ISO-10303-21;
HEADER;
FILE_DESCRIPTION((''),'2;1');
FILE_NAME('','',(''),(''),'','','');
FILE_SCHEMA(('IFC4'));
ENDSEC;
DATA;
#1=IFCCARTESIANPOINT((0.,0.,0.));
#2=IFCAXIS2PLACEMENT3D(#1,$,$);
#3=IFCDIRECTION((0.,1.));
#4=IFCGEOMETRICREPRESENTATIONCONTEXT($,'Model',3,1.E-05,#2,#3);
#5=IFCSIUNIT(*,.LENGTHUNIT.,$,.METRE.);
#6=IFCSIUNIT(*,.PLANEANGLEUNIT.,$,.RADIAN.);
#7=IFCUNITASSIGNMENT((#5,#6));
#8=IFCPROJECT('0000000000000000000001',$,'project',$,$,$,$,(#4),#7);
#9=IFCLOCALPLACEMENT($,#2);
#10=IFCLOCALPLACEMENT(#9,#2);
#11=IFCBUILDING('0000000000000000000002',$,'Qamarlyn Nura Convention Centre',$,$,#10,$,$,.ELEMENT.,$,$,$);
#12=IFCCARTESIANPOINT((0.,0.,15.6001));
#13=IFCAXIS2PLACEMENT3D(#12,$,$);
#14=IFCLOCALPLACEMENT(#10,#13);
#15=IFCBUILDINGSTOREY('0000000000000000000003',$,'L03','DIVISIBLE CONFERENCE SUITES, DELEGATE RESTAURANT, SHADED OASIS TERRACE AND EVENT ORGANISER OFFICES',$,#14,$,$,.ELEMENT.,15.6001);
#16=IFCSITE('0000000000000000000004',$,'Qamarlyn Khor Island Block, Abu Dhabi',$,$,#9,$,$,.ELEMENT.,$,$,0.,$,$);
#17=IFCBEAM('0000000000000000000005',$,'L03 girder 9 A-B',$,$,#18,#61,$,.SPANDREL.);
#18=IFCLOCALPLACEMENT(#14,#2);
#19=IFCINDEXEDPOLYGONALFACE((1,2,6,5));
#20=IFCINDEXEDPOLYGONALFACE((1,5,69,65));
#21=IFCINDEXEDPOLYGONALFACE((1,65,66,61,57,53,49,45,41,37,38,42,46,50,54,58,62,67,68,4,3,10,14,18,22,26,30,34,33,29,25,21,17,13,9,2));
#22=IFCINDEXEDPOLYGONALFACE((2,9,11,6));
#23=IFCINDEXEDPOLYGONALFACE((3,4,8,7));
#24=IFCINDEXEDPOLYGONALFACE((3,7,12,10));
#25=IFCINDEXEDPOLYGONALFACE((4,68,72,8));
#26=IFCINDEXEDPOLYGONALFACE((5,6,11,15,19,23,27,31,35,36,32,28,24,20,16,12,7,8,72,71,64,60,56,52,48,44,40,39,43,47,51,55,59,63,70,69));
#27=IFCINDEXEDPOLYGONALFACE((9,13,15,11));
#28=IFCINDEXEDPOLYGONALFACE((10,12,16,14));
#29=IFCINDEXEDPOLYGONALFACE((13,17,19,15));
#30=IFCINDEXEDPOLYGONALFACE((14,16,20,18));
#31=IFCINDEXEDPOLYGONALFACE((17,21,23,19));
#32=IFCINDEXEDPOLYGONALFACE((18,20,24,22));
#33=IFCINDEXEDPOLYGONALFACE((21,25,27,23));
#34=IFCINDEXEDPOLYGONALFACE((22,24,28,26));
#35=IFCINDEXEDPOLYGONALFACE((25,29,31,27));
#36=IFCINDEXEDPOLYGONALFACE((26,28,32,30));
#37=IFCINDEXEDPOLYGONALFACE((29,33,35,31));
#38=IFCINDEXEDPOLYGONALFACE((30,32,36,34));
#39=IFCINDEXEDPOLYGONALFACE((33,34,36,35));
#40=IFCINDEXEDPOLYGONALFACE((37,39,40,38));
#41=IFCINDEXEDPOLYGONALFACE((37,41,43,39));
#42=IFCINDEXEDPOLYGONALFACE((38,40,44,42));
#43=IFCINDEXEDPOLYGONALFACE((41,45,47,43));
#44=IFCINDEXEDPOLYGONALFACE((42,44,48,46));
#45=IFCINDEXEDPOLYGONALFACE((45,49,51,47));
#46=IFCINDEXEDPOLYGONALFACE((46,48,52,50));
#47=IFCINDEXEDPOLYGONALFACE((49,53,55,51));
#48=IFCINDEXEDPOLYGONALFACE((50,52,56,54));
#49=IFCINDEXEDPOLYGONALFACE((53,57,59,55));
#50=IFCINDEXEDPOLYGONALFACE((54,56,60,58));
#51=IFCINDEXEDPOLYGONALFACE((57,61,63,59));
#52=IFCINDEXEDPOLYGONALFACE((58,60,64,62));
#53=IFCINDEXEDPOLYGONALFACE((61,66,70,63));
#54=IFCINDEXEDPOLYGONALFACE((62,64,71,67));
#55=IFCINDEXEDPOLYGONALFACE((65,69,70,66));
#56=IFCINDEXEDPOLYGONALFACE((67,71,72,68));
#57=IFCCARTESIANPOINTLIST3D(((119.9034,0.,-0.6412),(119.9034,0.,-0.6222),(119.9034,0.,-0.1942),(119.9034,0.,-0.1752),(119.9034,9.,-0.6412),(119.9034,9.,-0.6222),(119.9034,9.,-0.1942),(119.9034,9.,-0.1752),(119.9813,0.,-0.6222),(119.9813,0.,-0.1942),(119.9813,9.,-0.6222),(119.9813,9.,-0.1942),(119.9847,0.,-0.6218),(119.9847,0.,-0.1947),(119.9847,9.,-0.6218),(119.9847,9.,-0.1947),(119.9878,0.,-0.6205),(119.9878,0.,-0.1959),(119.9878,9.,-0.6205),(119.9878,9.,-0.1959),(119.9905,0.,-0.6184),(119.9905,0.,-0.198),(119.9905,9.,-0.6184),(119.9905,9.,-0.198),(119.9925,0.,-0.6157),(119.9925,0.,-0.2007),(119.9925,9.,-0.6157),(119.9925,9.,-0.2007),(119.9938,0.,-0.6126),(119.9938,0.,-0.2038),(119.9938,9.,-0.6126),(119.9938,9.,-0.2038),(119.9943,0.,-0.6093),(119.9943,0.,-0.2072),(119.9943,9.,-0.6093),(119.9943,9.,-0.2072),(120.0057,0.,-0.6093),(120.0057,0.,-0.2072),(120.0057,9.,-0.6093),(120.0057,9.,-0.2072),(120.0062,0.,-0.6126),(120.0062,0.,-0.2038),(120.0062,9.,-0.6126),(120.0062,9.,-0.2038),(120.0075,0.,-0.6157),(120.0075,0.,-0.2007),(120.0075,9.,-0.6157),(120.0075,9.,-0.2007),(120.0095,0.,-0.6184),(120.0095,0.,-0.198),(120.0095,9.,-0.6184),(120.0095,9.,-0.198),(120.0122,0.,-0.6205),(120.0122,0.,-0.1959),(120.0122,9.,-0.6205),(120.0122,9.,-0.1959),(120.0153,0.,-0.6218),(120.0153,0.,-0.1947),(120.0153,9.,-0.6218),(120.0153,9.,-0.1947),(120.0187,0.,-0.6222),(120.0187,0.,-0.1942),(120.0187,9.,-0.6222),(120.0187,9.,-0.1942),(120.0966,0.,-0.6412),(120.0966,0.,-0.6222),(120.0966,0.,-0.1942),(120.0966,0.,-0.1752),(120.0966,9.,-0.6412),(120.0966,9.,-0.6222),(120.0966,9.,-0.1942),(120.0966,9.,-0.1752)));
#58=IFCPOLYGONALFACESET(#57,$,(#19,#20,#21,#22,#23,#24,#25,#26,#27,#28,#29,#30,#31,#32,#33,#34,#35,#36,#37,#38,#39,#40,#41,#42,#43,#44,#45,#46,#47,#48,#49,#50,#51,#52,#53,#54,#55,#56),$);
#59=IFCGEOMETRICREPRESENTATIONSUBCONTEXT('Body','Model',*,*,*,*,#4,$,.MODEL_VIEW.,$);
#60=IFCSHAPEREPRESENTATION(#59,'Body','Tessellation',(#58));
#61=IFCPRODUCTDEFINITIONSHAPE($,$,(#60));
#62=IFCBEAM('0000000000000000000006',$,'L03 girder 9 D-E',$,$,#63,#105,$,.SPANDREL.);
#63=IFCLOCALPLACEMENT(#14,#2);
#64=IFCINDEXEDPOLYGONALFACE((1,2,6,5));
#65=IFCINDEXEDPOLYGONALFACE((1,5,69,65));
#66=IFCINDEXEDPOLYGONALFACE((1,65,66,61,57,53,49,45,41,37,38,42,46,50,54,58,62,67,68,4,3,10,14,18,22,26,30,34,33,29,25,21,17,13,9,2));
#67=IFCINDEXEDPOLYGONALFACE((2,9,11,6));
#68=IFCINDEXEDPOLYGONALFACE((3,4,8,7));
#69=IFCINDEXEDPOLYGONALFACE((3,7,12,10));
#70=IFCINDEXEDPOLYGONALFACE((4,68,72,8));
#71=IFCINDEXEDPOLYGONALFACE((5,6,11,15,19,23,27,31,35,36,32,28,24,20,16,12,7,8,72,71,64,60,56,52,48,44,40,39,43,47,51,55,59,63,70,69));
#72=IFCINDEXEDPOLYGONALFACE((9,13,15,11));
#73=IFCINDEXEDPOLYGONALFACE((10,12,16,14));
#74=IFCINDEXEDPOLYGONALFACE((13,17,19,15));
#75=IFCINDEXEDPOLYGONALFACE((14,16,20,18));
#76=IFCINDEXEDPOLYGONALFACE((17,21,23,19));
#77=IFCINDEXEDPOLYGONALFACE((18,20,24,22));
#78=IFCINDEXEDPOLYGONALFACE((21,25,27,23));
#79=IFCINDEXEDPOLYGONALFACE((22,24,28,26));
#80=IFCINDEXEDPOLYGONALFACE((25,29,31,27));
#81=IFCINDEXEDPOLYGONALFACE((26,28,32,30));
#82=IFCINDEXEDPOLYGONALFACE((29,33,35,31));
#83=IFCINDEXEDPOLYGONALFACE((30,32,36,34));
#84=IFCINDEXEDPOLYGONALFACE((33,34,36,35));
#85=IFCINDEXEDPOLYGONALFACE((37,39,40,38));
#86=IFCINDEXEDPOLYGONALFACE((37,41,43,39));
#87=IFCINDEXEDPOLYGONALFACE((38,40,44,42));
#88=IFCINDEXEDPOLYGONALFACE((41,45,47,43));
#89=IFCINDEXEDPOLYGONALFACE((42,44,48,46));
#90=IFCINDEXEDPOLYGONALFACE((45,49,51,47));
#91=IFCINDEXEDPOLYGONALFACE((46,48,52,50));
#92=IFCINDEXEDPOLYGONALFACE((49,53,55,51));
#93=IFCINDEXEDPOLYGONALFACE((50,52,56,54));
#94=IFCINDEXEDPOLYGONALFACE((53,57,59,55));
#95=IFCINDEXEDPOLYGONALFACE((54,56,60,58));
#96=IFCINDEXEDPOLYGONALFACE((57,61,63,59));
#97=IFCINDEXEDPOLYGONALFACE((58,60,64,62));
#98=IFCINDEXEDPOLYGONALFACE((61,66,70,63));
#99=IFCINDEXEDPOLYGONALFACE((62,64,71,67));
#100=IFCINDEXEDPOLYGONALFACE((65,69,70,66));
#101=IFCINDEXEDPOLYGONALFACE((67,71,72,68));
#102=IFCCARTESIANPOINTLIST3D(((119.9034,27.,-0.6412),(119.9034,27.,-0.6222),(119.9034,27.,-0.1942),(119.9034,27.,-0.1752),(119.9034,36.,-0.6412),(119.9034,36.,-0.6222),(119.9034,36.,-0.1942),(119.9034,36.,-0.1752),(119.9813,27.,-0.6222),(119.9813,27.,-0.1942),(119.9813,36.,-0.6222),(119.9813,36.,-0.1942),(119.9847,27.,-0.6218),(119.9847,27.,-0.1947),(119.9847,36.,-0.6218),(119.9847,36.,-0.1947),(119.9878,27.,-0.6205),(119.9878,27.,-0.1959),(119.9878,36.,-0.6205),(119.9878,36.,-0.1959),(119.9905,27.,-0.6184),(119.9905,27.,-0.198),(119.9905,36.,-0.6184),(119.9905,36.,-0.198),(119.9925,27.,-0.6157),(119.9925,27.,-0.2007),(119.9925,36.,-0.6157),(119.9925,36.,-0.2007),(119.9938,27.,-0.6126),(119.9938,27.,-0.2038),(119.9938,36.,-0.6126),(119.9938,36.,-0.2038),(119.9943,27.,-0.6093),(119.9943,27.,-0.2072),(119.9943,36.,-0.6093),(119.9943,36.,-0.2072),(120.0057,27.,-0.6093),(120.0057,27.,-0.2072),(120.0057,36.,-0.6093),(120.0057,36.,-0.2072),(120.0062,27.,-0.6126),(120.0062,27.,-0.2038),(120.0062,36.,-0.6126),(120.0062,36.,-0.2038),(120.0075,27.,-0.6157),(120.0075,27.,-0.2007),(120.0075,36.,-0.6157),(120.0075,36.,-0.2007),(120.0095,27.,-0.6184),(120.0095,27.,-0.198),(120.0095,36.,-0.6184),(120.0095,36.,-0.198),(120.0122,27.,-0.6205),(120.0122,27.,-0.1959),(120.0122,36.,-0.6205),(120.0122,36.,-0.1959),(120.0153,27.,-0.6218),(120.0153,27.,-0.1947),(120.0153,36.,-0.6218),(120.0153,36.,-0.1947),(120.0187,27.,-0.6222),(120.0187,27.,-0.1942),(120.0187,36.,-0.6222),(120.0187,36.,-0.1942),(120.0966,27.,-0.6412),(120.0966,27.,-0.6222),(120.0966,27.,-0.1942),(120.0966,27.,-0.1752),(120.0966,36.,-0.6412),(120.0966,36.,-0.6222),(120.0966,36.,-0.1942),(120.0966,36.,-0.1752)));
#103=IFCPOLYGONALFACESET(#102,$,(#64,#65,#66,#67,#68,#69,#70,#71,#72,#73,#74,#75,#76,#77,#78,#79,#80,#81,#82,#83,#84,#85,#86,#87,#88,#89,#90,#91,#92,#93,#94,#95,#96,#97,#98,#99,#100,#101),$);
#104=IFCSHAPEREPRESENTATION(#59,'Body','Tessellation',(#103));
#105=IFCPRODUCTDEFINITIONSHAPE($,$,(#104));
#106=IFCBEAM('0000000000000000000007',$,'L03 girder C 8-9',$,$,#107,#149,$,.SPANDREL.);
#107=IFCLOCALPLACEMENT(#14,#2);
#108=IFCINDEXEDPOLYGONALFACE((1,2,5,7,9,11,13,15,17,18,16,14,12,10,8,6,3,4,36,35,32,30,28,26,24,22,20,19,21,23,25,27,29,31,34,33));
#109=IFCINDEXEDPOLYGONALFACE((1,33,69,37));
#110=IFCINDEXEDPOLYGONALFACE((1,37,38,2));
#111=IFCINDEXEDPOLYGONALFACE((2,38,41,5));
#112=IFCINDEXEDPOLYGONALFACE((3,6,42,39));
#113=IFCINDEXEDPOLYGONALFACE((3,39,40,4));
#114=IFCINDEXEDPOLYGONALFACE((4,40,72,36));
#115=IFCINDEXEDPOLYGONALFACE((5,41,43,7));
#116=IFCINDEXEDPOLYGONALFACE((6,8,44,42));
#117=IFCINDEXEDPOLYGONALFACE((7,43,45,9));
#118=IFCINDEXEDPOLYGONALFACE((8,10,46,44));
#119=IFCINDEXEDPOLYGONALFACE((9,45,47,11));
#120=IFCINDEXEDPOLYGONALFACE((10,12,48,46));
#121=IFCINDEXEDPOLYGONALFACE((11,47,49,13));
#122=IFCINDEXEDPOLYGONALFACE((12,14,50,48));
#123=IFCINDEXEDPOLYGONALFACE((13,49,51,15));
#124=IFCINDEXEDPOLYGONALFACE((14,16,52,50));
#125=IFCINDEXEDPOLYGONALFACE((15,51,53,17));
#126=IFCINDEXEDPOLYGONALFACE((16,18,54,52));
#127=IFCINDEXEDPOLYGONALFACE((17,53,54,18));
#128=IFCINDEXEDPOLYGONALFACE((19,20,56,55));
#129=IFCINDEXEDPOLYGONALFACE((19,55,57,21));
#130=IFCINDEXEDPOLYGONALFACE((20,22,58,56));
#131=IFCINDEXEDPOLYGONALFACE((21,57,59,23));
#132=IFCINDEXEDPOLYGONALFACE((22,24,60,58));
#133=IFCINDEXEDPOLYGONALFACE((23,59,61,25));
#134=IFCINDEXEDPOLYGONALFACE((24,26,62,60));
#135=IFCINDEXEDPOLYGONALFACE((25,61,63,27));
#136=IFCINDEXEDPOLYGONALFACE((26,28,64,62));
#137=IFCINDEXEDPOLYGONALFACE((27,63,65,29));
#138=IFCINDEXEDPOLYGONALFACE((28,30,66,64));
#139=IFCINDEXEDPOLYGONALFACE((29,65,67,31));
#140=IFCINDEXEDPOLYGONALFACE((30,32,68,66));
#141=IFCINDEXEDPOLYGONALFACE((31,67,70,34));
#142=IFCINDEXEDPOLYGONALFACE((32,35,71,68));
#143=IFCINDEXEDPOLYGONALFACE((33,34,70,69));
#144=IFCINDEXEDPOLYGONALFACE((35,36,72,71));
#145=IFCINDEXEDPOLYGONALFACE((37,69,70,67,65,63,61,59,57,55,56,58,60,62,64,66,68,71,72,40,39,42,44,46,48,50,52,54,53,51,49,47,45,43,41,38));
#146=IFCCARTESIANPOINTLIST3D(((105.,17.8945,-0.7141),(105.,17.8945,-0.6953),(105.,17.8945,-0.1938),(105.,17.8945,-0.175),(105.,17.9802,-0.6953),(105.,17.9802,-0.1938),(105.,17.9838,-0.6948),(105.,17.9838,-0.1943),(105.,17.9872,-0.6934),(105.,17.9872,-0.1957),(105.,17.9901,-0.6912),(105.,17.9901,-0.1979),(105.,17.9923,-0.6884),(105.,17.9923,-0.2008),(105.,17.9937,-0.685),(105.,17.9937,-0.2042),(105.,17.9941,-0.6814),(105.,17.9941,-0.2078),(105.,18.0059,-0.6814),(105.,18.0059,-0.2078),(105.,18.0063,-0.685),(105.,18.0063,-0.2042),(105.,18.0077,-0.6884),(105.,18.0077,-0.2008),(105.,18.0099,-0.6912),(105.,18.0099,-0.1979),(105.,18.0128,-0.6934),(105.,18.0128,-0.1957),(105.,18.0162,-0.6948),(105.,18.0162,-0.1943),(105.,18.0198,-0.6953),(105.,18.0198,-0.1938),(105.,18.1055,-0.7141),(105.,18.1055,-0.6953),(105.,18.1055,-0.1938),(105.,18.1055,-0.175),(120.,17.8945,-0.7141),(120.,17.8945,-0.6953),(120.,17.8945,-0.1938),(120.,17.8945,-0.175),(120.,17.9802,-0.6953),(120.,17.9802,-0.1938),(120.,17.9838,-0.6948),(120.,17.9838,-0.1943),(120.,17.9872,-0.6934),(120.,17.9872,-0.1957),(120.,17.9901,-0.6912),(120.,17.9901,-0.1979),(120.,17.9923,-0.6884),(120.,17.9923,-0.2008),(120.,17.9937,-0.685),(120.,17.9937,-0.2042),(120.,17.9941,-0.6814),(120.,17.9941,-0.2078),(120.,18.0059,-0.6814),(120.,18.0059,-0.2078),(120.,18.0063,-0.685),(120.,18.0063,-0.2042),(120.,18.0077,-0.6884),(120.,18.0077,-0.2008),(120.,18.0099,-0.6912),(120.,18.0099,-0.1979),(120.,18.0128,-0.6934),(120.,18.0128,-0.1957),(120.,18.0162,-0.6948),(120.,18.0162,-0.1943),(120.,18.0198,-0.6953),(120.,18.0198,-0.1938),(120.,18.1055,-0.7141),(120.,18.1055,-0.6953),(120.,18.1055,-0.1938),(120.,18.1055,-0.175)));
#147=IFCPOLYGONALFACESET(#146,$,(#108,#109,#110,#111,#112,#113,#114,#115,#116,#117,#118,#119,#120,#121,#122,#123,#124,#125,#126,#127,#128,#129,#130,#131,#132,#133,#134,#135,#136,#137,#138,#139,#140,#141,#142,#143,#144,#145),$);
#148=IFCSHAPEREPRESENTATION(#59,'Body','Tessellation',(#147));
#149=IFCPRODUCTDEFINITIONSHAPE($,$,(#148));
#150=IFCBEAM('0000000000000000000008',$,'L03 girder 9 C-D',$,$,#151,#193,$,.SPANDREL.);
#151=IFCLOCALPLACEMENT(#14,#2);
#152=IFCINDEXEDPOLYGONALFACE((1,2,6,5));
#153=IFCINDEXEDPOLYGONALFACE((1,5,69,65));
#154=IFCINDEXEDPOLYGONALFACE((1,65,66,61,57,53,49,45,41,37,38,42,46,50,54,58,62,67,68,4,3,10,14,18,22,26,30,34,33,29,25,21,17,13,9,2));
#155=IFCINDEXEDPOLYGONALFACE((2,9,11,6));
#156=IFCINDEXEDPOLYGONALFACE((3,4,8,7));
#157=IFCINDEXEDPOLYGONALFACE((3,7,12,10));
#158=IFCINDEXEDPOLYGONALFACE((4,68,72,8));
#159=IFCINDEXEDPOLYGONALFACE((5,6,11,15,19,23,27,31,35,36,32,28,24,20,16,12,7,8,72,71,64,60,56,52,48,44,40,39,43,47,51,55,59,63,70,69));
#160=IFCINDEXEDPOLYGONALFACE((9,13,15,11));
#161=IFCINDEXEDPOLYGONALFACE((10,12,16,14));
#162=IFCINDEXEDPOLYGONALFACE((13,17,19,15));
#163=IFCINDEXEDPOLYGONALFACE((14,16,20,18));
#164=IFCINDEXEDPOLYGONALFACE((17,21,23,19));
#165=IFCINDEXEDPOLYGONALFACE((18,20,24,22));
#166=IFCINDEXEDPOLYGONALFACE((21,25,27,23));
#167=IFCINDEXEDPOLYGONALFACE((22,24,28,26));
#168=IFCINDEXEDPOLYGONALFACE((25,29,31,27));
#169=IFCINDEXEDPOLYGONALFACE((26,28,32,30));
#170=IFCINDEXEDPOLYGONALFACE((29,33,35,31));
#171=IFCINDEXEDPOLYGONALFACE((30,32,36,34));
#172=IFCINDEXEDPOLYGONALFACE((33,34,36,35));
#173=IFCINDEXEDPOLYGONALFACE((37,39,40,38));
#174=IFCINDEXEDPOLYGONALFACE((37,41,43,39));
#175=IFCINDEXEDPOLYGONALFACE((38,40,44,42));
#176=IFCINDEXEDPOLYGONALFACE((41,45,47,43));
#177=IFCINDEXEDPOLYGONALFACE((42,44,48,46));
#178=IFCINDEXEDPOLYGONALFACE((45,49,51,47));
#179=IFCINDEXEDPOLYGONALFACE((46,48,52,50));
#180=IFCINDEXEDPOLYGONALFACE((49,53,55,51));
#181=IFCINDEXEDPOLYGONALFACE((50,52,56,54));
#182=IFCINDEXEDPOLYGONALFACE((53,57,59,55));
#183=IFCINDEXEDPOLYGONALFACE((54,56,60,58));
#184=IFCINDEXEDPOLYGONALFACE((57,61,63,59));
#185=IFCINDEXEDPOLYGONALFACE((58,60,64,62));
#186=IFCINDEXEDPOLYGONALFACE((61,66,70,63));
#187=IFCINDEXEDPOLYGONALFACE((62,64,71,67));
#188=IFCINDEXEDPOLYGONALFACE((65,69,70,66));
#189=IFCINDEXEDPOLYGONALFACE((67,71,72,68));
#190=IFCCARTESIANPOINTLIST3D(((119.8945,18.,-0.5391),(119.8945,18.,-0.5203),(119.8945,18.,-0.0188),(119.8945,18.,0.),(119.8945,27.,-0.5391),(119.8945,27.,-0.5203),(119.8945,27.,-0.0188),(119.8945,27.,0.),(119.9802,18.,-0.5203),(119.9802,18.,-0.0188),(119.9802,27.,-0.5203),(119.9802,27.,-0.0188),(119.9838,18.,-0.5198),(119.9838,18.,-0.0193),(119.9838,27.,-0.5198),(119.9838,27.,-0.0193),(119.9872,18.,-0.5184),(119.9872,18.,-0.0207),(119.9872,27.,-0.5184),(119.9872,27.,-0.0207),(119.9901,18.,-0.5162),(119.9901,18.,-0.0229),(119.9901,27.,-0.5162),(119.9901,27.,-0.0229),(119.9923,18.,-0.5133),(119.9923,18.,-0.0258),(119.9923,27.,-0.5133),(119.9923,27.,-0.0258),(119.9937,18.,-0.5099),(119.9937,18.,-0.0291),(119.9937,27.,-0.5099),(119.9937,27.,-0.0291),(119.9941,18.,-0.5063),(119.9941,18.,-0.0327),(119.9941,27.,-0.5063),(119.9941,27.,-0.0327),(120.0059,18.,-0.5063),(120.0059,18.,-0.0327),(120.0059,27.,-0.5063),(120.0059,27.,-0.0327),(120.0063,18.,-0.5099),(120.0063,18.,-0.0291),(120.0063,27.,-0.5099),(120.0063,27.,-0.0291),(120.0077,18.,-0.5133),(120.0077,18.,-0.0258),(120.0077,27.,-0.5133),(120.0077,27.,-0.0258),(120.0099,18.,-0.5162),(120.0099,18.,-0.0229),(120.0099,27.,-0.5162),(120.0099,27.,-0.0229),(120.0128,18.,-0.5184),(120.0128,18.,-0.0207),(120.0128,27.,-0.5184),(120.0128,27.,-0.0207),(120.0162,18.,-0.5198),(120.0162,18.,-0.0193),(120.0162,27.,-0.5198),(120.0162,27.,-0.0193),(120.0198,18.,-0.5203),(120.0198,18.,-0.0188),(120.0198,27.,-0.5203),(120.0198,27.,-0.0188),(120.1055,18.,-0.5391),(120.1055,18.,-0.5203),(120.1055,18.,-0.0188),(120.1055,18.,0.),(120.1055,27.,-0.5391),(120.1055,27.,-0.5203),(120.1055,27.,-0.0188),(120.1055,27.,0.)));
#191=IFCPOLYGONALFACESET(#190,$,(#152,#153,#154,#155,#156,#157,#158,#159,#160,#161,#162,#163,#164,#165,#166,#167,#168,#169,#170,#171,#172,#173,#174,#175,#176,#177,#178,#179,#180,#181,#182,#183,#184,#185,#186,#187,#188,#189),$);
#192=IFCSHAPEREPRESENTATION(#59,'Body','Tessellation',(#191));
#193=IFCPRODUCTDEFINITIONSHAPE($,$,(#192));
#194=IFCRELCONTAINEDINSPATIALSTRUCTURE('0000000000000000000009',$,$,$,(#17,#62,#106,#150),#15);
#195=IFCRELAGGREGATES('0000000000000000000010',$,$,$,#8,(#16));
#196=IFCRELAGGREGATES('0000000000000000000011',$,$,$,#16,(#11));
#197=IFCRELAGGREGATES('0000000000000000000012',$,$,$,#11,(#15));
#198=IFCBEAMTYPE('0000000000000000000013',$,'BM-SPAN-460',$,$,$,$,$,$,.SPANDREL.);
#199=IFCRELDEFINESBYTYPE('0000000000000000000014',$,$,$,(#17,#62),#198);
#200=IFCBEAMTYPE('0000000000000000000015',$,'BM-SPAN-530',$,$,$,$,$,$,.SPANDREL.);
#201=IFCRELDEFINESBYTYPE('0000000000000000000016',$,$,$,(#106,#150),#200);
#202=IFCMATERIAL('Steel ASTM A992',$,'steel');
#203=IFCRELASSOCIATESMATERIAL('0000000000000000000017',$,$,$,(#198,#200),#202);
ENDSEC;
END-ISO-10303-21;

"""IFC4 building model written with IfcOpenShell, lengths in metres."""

from ifc_helpers import new_model, si_unit, direction, frame, origin, origin_2d, place, context, subcontext, project, spatial, i_section, extrude, material, material_profile, profile_set, type_object, element, save


model = new_model("IFC4")

# Units and contexts
model_context = context("Model", 3, precision=1e-05, world=origin(), true_north=direction((0.0, 1.0)))
body_context = subcontext(model_context, "Body", "Model", "MODEL_VIEW")
ifc_project = project(units=[si_unit("LENGTHUNIT", "METRE"), si_unit("PLANEANGLEUNIT", "RADIAN")], contexts=[model_context])

# Site, building, storey
site_placement = place(None, origin())
site = spatial("IfcSite", under=ifc_project, at=site_placement, Name="Qamarlyn Khor Island Block, Abu Dhabi", CompositionType="ELEMENT", RefElevation=0.0)
building_placement = place(site_placement, origin())
building = spatial("IfcBuilding", under=site, at=building_placement, Name="Qamarlyn Nura Convention Centre", CompositionType="ELEMENT")
storey_placement = place(building_placement, frame((0.0, 0.0, 15.6001)))
storey = spatial("IfcBuildingStorey", under=building, at=storey_placement, Name="L03", Description="DIVISIBLE CONFERENCE SUITES, DELEGATE RESTAURANT, SHADED OASIS TERRACE AND EVENT ORGANISER OFFICES", CompositionType="ELEMENT", Elevation=15.6001)

# Beams
ifc_material_1 = material(Name="Steel ASTM A992", Category="steel")
ifc_material_profile_1 = material_profile(ifc_material_1, i_section(OverallWidth=0.1931, OverallDepth=0.4661, WebThickness=0.0115, FlangeThickness=0.019, FilletRadius=0.0129, at=origin_2d()), Name="W460X97")
ifc_profile_set_1 = profile_set([ifc_material_profile_1], Name="Steel ASTM A992")
beam_type_1 = type_object("IfcBeamType", Name="BM-SPAN-460", PredefinedType="SPANDREL", material=ifc_profile_set_1)
for number, where, z_axis, x_axis, name in (
    (1, (120.0, 0.0, -0.4082), (0.0, 1.0, 0.0), (-1.0, 0.0, 0.0), "L03 girder 9 A-B"),
    (2, (120.0, 27.0, -0.4082), (0.0, 1.0, 0.0), (-1.0, 0.0, 0.0), "L03 girder 9 D-E"),
):
    element("IfcBeam", number, at=place(storey_placement, frame(where, z_axis=z_axis, x_axis=x_axis)), inside=storey, type_object=beam_type_1, Name=name, PredefinedType="SPANDREL", context=body_context, shape_type="SweptSolid", body=[
        extrude(i_section(OverallWidth=0.1931, OverallDepth=0.4661, WebThickness=0.0115, FlangeThickness=0.019, FilletRadius=0.0129, at=origin_2d()), origin(), (0.0, 0.0, 1.0), 9.0),
    ])
ifc_material_profile_2 = material_profile(ifc_material_1, i_section(OverallWidth=0.2109, OverallDepth=0.5391, WebThickness=0.0117, FlangeThickness=0.0188, FilletRadius=0.0139, at=origin_2d()), Name="W530X109")
ifc_profile_set_2 = profile_set([ifc_material_profile_2], Name="Steel ASTM A992")
beam_type_2 = type_object("IfcBeamType", Name="BM-SPAN-530", PredefinedType="SPANDREL", material=ifc_profile_set_2)
beam_1_placement = place(storey_placement, frame((105.0, 18.0, -0.4446), z_axis=(1.0, 0.0, 0.0), x_axis=(0.0, 1.0, 0.0)))
element("IfcBeam", 3, at=beam_1_placement, inside=storey, type_object=beam_type_2, Name="L03 girder C 8-9", PredefinedType="SPANDREL", context=body_context, shape_type="SweptSolid", body=[
    extrude(i_section(OverallWidth=0.2109, OverallDepth=0.5391, WebThickness=0.0117, FlangeThickness=0.0188, FilletRadius=0.0139, at=origin_2d()), origin(), (0.0, 0.0, 1.0), 15.0),
])
beam_2_placement = place(storey_placement, frame((120.0, 18.0, -0.2695), z_axis=(0.0, 1.0, 0.0), x_axis=(-1.0, 0.0, 0.0)))
element("IfcBeam", 4, at=beam_2_placement, inside=storey, type_object=beam_type_2, Name="L03 girder 9 C-D", PredefinedType="SPANDREL", context=body_context, shape_type="SweptSolid", body=[
    extrude(i_section(OverallWidth=0.2109, OverallDepth=0.5391, WebThickness=0.0117, FlangeThickness=0.0188, FilletRadius=0.0139, at=origin_2d()), origin(), (0.0, 0.0, 1.0), 9.0),
])

save(model, "model.ifc")
